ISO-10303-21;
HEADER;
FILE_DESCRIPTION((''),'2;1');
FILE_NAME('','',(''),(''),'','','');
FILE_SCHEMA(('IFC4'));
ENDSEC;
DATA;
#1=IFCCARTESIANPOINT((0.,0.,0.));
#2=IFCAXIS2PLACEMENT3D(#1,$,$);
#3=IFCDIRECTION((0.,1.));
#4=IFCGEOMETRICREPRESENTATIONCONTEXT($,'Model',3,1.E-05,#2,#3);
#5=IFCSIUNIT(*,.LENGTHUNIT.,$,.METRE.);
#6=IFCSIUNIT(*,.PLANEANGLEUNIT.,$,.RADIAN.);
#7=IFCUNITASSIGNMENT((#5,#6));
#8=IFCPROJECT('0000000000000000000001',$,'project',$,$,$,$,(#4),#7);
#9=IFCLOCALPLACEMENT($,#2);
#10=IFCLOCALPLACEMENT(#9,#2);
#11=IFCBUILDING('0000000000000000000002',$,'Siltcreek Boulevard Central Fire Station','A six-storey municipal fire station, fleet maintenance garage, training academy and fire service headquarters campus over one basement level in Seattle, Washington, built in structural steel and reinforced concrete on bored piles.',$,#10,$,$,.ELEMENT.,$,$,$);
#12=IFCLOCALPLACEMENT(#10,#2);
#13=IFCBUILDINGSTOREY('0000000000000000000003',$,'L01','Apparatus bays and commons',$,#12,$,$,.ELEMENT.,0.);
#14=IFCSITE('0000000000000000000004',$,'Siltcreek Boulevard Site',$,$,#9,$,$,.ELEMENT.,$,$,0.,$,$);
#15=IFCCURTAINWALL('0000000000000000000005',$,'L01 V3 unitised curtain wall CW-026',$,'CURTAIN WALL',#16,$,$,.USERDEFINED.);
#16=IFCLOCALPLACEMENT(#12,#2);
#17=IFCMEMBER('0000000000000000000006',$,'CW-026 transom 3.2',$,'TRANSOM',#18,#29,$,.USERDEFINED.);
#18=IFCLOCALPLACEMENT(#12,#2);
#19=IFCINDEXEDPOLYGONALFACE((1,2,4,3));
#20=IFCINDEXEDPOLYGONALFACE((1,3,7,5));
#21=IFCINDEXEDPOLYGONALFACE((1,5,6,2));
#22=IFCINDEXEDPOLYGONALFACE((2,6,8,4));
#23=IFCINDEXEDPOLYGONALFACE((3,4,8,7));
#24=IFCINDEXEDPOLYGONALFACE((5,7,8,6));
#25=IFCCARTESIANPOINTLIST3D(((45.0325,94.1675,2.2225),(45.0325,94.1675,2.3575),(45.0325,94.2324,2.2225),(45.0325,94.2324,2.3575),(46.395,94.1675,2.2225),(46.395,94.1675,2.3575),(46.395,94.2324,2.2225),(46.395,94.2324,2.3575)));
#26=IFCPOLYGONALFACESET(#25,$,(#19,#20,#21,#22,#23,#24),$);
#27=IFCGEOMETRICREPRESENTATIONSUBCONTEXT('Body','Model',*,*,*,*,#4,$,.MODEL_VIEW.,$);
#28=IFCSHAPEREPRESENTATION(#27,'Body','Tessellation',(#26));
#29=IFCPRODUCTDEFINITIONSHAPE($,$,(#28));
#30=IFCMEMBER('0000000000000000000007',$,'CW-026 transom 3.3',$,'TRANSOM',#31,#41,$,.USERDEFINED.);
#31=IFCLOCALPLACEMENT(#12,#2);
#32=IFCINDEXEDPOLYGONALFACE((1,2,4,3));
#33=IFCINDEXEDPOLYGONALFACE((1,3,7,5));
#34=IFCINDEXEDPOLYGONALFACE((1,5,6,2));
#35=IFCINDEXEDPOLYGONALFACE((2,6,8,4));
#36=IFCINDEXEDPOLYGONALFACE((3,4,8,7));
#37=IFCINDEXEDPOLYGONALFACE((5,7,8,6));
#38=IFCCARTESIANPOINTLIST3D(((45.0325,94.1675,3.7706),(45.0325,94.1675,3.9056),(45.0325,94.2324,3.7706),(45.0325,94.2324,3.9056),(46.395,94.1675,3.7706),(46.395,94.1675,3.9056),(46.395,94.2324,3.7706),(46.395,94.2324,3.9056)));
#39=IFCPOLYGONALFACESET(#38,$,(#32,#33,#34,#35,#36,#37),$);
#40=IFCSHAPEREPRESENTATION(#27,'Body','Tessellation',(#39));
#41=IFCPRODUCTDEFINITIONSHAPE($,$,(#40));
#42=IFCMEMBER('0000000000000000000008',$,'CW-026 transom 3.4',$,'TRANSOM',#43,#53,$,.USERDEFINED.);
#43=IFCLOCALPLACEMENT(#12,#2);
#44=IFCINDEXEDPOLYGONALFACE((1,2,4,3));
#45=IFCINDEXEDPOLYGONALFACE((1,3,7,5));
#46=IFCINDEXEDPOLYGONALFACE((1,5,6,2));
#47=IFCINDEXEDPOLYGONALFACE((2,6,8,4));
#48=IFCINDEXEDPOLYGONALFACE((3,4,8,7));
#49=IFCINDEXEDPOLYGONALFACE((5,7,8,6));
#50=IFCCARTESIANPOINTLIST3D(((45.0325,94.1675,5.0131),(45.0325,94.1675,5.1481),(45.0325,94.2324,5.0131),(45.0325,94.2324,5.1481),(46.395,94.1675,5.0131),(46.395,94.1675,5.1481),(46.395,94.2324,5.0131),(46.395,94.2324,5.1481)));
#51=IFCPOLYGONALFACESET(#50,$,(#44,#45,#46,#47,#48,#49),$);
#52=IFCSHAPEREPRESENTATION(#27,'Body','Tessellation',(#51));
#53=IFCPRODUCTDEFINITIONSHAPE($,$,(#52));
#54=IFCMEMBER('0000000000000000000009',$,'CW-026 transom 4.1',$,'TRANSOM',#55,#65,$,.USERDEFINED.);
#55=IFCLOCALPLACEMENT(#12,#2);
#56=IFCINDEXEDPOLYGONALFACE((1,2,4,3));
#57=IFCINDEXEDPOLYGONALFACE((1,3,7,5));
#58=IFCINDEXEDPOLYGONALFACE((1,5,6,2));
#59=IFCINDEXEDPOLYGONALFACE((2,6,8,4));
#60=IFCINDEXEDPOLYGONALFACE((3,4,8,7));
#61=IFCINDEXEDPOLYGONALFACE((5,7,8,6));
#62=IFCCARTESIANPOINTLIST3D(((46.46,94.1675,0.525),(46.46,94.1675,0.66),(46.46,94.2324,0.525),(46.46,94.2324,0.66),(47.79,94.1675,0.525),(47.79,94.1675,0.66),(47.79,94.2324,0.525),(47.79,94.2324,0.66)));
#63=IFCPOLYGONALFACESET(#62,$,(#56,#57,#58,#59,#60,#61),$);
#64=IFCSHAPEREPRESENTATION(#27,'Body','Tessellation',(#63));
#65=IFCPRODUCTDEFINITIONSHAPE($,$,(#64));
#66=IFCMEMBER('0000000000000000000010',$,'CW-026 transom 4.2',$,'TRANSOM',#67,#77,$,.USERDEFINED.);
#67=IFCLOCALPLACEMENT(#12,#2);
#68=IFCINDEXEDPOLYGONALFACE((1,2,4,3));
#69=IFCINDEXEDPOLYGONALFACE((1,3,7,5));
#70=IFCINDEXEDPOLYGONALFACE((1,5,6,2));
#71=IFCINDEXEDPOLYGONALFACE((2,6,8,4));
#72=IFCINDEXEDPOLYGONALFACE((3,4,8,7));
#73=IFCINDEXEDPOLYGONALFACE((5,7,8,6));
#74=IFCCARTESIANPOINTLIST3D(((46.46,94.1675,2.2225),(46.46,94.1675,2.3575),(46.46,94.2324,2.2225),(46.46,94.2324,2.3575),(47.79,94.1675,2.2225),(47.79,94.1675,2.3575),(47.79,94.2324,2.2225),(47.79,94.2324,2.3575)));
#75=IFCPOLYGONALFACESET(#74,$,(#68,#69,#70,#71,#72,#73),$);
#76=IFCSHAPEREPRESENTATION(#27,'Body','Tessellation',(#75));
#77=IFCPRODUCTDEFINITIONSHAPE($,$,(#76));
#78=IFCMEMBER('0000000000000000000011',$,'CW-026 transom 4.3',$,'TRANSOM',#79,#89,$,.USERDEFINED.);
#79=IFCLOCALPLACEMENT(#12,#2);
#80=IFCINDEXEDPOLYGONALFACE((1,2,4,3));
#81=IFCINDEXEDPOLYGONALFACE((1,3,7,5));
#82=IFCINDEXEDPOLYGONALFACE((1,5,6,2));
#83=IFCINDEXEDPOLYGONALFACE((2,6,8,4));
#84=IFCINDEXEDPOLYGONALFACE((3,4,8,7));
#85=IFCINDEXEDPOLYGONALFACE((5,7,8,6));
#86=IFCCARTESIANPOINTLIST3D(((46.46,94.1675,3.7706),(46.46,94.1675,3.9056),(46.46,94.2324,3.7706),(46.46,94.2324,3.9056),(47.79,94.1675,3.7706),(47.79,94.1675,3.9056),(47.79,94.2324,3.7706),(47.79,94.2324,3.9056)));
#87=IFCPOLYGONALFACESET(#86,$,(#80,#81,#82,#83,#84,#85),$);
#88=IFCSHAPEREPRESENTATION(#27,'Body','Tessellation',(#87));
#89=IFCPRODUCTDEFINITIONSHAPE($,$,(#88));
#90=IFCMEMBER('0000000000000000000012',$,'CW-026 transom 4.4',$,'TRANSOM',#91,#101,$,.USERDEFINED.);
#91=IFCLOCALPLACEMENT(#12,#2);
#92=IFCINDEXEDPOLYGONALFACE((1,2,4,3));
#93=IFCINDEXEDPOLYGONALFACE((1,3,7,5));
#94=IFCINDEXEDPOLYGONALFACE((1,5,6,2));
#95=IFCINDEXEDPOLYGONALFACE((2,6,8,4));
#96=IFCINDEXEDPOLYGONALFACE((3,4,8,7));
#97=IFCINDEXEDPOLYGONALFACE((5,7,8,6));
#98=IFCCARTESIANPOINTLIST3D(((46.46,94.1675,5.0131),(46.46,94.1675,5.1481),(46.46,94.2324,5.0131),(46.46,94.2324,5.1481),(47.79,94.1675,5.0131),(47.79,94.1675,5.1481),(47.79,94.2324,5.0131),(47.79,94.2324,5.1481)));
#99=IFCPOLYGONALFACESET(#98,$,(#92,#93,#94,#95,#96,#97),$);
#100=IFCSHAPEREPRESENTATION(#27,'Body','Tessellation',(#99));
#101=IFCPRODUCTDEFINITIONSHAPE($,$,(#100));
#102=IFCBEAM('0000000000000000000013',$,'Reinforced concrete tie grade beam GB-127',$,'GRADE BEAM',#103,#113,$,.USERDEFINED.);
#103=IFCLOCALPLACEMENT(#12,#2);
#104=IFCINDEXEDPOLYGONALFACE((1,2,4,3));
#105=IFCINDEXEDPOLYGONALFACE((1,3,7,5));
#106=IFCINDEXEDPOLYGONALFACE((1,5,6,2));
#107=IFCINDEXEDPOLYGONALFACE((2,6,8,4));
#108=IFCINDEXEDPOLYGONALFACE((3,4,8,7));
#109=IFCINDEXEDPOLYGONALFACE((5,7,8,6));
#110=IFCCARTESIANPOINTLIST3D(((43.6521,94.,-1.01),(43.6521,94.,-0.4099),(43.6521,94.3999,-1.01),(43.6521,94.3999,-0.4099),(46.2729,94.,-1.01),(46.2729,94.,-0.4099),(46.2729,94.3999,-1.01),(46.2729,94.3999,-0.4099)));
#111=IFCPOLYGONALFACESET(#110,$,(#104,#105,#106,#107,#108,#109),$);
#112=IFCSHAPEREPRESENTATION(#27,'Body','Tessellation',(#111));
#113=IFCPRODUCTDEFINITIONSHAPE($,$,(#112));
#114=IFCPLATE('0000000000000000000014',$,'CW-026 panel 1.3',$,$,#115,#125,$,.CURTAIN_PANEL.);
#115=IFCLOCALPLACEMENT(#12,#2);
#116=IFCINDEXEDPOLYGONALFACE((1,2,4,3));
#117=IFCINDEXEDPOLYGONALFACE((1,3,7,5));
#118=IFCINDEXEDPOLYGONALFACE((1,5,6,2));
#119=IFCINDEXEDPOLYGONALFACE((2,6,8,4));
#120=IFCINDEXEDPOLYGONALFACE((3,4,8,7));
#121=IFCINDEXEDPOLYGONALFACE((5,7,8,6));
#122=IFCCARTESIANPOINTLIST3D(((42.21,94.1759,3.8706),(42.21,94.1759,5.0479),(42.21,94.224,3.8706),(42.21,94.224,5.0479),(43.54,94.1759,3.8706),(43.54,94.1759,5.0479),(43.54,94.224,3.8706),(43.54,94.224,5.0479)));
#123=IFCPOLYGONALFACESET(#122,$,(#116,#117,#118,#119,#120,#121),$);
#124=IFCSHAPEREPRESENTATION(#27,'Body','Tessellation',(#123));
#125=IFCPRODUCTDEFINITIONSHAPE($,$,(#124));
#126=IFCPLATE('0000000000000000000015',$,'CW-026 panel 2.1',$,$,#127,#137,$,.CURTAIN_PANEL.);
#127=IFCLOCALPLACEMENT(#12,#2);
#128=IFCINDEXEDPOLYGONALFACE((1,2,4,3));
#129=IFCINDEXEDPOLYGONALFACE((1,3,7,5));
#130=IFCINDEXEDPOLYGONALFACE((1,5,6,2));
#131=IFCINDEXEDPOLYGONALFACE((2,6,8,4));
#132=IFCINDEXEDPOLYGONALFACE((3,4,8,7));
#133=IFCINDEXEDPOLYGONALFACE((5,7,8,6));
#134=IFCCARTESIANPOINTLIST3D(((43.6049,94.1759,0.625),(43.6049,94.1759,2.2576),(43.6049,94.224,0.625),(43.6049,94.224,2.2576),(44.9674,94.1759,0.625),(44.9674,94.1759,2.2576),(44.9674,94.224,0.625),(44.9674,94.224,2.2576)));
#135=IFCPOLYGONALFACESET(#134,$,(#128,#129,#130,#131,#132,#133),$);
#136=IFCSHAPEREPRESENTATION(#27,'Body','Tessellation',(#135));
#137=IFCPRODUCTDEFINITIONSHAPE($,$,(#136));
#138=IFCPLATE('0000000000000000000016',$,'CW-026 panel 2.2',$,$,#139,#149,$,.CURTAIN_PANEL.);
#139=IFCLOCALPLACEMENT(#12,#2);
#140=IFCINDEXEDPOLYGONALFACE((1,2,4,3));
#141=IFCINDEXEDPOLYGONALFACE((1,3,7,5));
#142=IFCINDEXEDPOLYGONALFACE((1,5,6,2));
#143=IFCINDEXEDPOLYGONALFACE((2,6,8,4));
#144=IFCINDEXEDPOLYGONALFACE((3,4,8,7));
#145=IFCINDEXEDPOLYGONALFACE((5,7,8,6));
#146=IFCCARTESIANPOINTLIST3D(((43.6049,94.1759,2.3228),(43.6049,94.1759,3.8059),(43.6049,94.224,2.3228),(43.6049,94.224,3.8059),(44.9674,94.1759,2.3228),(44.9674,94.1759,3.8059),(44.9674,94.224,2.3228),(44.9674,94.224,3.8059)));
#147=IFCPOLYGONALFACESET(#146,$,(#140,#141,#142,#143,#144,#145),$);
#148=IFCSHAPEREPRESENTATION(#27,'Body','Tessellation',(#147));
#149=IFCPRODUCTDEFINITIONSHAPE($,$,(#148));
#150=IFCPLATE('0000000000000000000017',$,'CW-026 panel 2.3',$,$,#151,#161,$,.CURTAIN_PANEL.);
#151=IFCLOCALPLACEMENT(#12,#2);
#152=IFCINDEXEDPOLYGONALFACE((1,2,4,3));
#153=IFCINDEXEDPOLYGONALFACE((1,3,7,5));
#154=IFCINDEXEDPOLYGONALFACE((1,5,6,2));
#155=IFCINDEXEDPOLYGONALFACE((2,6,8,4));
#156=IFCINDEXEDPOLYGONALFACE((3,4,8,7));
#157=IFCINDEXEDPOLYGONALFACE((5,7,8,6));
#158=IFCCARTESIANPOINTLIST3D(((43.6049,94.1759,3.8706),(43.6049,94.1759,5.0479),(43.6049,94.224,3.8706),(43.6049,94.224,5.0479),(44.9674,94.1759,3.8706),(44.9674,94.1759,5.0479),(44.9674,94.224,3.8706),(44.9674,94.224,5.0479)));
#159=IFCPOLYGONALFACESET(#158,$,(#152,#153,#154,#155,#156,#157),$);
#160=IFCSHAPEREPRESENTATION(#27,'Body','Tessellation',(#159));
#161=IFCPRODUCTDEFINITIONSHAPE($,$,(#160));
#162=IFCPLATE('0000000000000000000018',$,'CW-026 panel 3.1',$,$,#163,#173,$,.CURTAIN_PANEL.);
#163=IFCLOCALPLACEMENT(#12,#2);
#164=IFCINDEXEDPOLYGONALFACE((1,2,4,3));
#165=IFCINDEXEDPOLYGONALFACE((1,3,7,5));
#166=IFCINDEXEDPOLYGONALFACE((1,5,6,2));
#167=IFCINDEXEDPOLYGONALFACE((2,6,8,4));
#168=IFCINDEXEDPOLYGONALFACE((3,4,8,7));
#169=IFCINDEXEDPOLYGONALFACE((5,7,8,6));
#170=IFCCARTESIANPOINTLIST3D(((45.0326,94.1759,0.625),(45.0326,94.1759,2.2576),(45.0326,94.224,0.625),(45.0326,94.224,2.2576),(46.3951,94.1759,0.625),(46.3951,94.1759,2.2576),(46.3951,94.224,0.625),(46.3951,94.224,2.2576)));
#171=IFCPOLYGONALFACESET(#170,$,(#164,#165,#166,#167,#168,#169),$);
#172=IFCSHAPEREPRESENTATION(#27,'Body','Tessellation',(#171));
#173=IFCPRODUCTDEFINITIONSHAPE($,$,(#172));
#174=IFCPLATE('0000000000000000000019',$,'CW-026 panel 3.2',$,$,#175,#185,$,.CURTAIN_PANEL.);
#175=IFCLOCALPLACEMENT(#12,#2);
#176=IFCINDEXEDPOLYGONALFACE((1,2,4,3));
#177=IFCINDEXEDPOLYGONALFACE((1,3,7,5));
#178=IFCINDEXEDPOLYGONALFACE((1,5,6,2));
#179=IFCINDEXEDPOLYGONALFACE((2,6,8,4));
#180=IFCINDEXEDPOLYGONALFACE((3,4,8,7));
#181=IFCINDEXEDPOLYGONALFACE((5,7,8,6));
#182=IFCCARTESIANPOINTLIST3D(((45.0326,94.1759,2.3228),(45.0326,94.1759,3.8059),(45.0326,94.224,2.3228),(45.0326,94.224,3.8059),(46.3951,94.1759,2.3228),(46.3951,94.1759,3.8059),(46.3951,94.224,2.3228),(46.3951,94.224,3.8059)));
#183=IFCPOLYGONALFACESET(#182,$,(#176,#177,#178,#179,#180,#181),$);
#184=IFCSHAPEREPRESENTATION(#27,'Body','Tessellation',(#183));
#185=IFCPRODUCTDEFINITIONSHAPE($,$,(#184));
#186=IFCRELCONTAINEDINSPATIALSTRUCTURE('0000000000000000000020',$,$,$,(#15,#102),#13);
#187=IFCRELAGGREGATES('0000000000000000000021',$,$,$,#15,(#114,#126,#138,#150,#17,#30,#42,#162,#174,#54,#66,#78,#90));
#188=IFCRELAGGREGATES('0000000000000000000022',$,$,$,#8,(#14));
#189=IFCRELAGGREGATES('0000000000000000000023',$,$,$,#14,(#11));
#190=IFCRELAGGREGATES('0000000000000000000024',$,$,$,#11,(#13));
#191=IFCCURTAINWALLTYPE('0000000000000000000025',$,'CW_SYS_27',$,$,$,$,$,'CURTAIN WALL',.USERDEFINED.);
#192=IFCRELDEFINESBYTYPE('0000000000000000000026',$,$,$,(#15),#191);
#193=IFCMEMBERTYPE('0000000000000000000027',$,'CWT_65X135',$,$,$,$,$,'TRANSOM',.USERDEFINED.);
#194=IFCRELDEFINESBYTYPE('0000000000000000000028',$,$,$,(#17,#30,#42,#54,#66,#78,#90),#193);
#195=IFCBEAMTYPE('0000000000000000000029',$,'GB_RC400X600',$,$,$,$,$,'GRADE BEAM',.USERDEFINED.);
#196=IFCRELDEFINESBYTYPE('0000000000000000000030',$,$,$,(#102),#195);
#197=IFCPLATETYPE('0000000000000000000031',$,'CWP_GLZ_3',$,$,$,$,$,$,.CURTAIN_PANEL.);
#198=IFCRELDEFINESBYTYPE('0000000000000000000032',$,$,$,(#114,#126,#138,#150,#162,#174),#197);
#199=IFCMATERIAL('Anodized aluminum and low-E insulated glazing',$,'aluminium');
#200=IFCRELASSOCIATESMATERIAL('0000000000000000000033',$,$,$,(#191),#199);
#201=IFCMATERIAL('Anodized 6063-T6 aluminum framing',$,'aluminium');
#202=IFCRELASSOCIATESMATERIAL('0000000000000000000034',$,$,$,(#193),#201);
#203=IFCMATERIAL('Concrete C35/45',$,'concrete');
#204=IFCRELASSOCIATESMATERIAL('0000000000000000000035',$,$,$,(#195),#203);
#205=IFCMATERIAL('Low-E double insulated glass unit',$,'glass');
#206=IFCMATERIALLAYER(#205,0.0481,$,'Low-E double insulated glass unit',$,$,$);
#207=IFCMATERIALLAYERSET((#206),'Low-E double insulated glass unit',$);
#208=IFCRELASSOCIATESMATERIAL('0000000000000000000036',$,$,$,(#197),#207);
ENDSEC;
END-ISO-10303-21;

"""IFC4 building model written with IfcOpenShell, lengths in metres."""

from ifc_helpers import new_model, si_unit, direction, frame, origin, origin_2d, place, context, subcontext, project, spatial, rectangle, extrude, material, layer, layer_set, material_profile, profile_set, type_object, element, aggregate, save


model = new_model("IFC4")

# Units and contexts
model_context = context("Model", 3, precision=1e-05, world=origin(), true_north=direction((0.0, 1.0)))
body_context = subcontext(model_context, "Body", "Model", "MODEL_VIEW")
ifc_project = project(units=[si_unit("LENGTHUNIT", "METRE"), si_unit("PLANEANGLEUNIT", "RADIAN")], contexts=[model_context])

# Site, building, storey
site_placement = place(None, origin())
site = spatial("IfcSite", under=ifc_project, at=site_placement, Name="Siltcreek Boulevard Site", CompositionType="ELEMENT", RefElevation=0.0)
building_placement = place(site_placement, origin())
building = spatial("IfcBuilding", under=site, at=building_placement, Name="Siltcreek Boulevard Central Fire Station", Description="A six-storey municipal fire station, fleet maintenance garage, training academy and fire service headquarters campus over one basement level in Seattle, Washington, built in structural steel and reinforced concrete on bored piles.", CompositionType="ELEMENT")
storey_placement = place(building_placement, origin())
storey = spatial("IfcBuildingStorey", under=building, at=storey_placement, Name="L01", Description="Apparatus bays and commons", CompositionType="ELEMENT", Elevation=0.0)

# Shared definitions
ifc_material_1 = material(Name="Concrete C35/45", Category="concrete")

# Curtain wall, members
ifc_material_2 = material(Name="Anodized aluminum and low-E insulated glazing", Category="aluminium")
curtain_wall_type = type_object("IfcCurtainWallType", Name="CW_SYS_27", ElementType="CURTAIN WALL", PredefinedType="USERDEFINED", material=ifc_material_2)
curtain_wall_placement = place(storey_placement, origin())
curtain_wall = element("IfcCurtainWall", 1, at=curtain_wall_placement, inside=storey, type_object=curtain_wall_type, Name="L01 V3 unitised curtain wall CW-026", ObjectType="CURTAIN WALL", PredefinedType="USERDEFINED")
ifc_material_3 = material(Name="Anodized 6063-T6 aluminum framing", Category="aluminium")
ifc_material_profile_1 = material_profile(ifc_material_3, rectangle(XDim=0.0649, YDim=0.135, at=origin_2d()), Name="TRAN65X135")
ifc_profile_set_1 = profile_set([ifc_material_profile_1], Name="Anodized 6063-T6 aluminum framing")
member_type_1 = type_object("IfcMemberType", Name="CWT_65X135", ElementType="TRANSOM", PredefinedType="USERDEFINED", material=ifc_profile_set_1)
member_1_placement = place(storey_placement, frame((45.0325, 94.2, 2.29), z_axis=(1.0, 0.0, 0.0), x_axis=(0.0, 1.0, 0.0)))
member_1 = element("IfcMember", 2, at=member_1_placement, type_object=member_type_1, Name="CW-026 transom 3.2", ObjectType="TRANSOM", PredefinedType="USERDEFINED", context=body_context, shape_type="SweptSolid", body=[
    extrude(rectangle(XDim=0.0649, YDim=0.135, at=origin_2d()), origin(), (0.0, 0.0, 1.0), 1.3625),
])
member_2_placement = place(storey_placement, frame((45.0325, 94.2, 3.8381), z_axis=(1.0, 0.0, 0.0), x_axis=(0.0, 1.0, 0.0)))
member_2 = element("IfcMember", 3, at=member_2_placement, type_object=member_type_1, Name="CW-026 transom 3.3", ObjectType="TRANSOM", PredefinedType="USERDEFINED", context=body_context, shape_type="SweptSolid", body=[
    extrude(rectangle(XDim=0.0649, YDim=0.135, at=origin_2d()), origin(), (0.0, 0.0, 1.0), 1.3625),
])
member_3_placement = place(storey_placement, frame((45.0325, 94.2, 5.0806), z_axis=(1.0, 0.0, 0.0), x_axis=(0.0, 1.0, 0.0)))
member_3 = element("IfcMember", 4, at=member_3_placement, type_object=member_type_1, Name="CW-026 transom 3.4", ObjectType="TRANSOM", PredefinedType="USERDEFINED", context=body_context, shape_type="SweptSolid", body=[
    extrude(rectangle(XDim=0.0649, YDim=0.135, at=origin_2d()), origin(), (0.0, 0.0, 1.0), 1.3625),
])
member_4_placement = place(storey_placement, frame((46.46, 94.2, 0.5925), z_axis=(1.0, 0.0, 0.0), x_axis=(0.0, 1.0, 0.0)))
member_4 = element("IfcMember", 5, at=member_4_placement, type_object=member_type_1, Name="CW-026 transom 4.1", ObjectType="TRANSOM", PredefinedType="USERDEFINED", context=body_context, shape_type="SweptSolid", body=[
    extrude(rectangle(XDim=0.0649, YDim=0.135, at=origin_2d()), origin(), (0.0, 0.0, 1.0), 1.3301),
])
member_5_placement = place(storey_placement, frame((46.46, 94.2, 2.29), z_axis=(1.0, 0.0, 0.0), x_axis=(0.0, 1.0, 0.0)))
member_5 = element("IfcMember", 6, at=member_5_placement, type_object=member_type_1, Name="CW-026 transom 4.2", ObjectType="TRANSOM", PredefinedType="USERDEFINED", context=body_context, shape_type="SweptSolid", body=[
    extrude(rectangle(XDim=0.0649, YDim=0.135, at=origin_2d()), origin(), (0.0, 0.0, 1.0), 1.3301),
])
member_6_placement = place(storey_placement, frame((46.46, 94.2, 3.8381), z_axis=(1.0, 0.0, 0.0), x_axis=(0.0, 1.0, 0.0)))
member_6 = element("IfcMember", 7, at=member_6_placement, type_object=member_type_1, Name="CW-026 transom 4.3", ObjectType="TRANSOM", PredefinedType="USERDEFINED", context=body_context, shape_type="SweptSolid", body=[
    extrude(rectangle(XDim=0.0649, YDim=0.135, at=origin_2d()), origin(), (0.0, 0.0, 1.0), 1.3301),
])
member_7_placement = place(storey_placement, frame((46.46, 94.2, 5.0806), z_axis=(1.0, 0.0, 0.0), x_axis=(0.0, 1.0, 0.0)))
member_7 = element("IfcMember", 8, at=member_7_placement, type_object=member_type_1, Name="CW-026 transom 4.4", ObjectType="TRANSOM", PredefinedType="USERDEFINED", context=body_context, shape_type="SweptSolid", body=[
    extrude(rectangle(XDim=0.0649, YDim=0.135, at=origin_2d()), origin(), (0.0, 0.0, 1.0), 1.3301),
])

# Beam
ifc_material_profile_2 = material_profile(ifc_material_1, rectangle(XDim=0.3999, YDim=0.6001, at=origin_2d()), Name="RC400X600")
ifc_profile_set_2 = profile_set([ifc_material_profile_2], Name="Concrete C35/45")
beam_type = type_object("IfcBeamType", Name="GB_RC400X600", ElementType="GRADE BEAM", PredefinedType="USERDEFINED", material=ifc_profile_set_2)
beam_placement = place(storey_placement, frame((43.6521, 94.2, -0.71), z_axis=(1.0, 0.0, 0.0), x_axis=(0.0, 1.0, 0.0)))
element("IfcBeam", 9, at=beam_placement, inside=storey, type_object=beam_type, Name="Reinforced concrete tie grade beam GB-127", ObjectType="GRADE BEAM", PredefinedType="USERDEFINED", context=body_context, shape_type="SweptSolid", body=[
    extrude(rectangle(XDim=0.3999, YDim=0.6001, at=origin_2d()), origin(), (0.0, 0.0, 1.0), 2.6208),
])

# Plates
ifc_material_4 = material(Name="Low-E double insulated glass unit", Category="glass")
ifc_layer_1 = layer(ifc_material_4, 0.0481, Name="Low-E double insulated glass unit")
ifc_layer_set_1 = layer_set([ifc_layer_1], Name="Low-E double insulated glass unit")
plate_type = type_object("IfcPlateType", Name="CWP_GLZ_3", PredefinedType="CURTAIN_PANEL", material=ifc_layer_set_1)
plate_1_placement = place(storey_placement, frame((42.875, 94.2, 3.8706), z_axis=(0.0, 0.0, 1.0), x_axis=(1.0, 0.0, 0.0)))
plate_1 = element("IfcPlate", 10, at=plate_1_placement, type_object=plate_type, Name="CW-026 panel 1.3", PredefinedType="CURTAIN_PANEL", context=body_context, shape_type="SweptSolid", body=[
    extrude(rectangle(XDim=1.3301, YDim=0.0481, at=origin_2d()), origin(), (0.0, 0.0, 1.0), 1.1772),
])
plate_2_placement = place(storey_placement, frame((44.2861, 94.2, 0.625), z_axis=(0.0, 0.0, 1.0), x_axis=(1.0, 0.0, 0.0)))
plate_2 = element("IfcPlate", 11, at=plate_2_placement, type_object=plate_type, Name="CW-026 panel 2.1", PredefinedType="CURTAIN_PANEL", context=body_context, shape_type="SweptSolid", body=[
    extrude(rectangle(XDim=1.3625, YDim=0.0481, at=origin_2d()), origin(), (0.0, 0.0, 1.0), 1.6326),
])
plate_3_placement = place(storey_placement, frame((44.2861, 94.2, 2.3228), z_axis=(0.0, 0.0, 1.0), x_axis=(1.0, 0.0, 0.0)))
plate_3 = element("IfcPlate", 12, at=plate_3_placement, type_object=plate_type, Name="CW-026 panel 2.2", PredefinedType="CURTAIN_PANEL", context=body_context, shape_type="SweptSolid", body=[
    extrude(rectangle(XDim=1.3625, YDim=0.0481, at=origin_2d()), origin(), (0.0, 0.0, 1.0), 1.4832),
])
plate_4_placement = place(storey_placement, frame((44.2861, 94.2, 3.8706), z_axis=(0.0, 0.0, 1.0), x_axis=(1.0, 0.0, 0.0)))
plate_4 = element("IfcPlate", 13, at=plate_4_placement, type_object=plate_type, Name="CW-026 panel 2.3", PredefinedType="CURTAIN_PANEL", context=body_context, shape_type="SweptSolid", body=[
    extrude(rectangle(XDim=1.3625, YDim=0.0481, at=origin_2d()), origin(), (0.0, 0.0, 1.0), 1.1772),
])
plate_5_placement = place(storey_placement, frame((45.7139, 94.2, 0.625), z_axis=(0.0, 0.0, 1.0), x_axis=(1.0, 0.0, 0.0)))
plate_5 = element("IfcPlate", 14, at=plate_5_placement, type_object=plate_type, Name="CW-026 panel 3.1", PredefinedType="CURTAIN_PANEL", context=body_context, shape_type="SweptSolid", body=[
    extrude(rectangle(XDim=1.3625, YDim=0.0481, at=origin_2d()), origin(), (0.0, 0.0, 1.0), 1.6326),
])
plate_6_placement = place(storey_placement, frame((45.7139, 94.2, 2.3228), z_axis=(0.0, 0.0, 1.0), x_axis=(1.0, 0.0, 0.0)))
plate_6 = element("IfcPlate", 15, at=plate_6_placement, type_object=plate_type, Name="CW-026 panel 3.2", PredefinedType="CURTAIN_PANEL", context=body_context, shape_type="SweptSolid", body=[
    extrude(rectangle(XDim=1.3625, YDim=0.0481, at=origin_2d()), origin(), (0.0, 0.0, 1.0), 1.4832),
])
aggregate(curtain_wall, [plate_1, plate_2, plate_3, plate_4, member_1, member_2, member_3, plate_5, plate_6, member_4, member_5, member_6, member_7])

save(model, "model.ifc")
